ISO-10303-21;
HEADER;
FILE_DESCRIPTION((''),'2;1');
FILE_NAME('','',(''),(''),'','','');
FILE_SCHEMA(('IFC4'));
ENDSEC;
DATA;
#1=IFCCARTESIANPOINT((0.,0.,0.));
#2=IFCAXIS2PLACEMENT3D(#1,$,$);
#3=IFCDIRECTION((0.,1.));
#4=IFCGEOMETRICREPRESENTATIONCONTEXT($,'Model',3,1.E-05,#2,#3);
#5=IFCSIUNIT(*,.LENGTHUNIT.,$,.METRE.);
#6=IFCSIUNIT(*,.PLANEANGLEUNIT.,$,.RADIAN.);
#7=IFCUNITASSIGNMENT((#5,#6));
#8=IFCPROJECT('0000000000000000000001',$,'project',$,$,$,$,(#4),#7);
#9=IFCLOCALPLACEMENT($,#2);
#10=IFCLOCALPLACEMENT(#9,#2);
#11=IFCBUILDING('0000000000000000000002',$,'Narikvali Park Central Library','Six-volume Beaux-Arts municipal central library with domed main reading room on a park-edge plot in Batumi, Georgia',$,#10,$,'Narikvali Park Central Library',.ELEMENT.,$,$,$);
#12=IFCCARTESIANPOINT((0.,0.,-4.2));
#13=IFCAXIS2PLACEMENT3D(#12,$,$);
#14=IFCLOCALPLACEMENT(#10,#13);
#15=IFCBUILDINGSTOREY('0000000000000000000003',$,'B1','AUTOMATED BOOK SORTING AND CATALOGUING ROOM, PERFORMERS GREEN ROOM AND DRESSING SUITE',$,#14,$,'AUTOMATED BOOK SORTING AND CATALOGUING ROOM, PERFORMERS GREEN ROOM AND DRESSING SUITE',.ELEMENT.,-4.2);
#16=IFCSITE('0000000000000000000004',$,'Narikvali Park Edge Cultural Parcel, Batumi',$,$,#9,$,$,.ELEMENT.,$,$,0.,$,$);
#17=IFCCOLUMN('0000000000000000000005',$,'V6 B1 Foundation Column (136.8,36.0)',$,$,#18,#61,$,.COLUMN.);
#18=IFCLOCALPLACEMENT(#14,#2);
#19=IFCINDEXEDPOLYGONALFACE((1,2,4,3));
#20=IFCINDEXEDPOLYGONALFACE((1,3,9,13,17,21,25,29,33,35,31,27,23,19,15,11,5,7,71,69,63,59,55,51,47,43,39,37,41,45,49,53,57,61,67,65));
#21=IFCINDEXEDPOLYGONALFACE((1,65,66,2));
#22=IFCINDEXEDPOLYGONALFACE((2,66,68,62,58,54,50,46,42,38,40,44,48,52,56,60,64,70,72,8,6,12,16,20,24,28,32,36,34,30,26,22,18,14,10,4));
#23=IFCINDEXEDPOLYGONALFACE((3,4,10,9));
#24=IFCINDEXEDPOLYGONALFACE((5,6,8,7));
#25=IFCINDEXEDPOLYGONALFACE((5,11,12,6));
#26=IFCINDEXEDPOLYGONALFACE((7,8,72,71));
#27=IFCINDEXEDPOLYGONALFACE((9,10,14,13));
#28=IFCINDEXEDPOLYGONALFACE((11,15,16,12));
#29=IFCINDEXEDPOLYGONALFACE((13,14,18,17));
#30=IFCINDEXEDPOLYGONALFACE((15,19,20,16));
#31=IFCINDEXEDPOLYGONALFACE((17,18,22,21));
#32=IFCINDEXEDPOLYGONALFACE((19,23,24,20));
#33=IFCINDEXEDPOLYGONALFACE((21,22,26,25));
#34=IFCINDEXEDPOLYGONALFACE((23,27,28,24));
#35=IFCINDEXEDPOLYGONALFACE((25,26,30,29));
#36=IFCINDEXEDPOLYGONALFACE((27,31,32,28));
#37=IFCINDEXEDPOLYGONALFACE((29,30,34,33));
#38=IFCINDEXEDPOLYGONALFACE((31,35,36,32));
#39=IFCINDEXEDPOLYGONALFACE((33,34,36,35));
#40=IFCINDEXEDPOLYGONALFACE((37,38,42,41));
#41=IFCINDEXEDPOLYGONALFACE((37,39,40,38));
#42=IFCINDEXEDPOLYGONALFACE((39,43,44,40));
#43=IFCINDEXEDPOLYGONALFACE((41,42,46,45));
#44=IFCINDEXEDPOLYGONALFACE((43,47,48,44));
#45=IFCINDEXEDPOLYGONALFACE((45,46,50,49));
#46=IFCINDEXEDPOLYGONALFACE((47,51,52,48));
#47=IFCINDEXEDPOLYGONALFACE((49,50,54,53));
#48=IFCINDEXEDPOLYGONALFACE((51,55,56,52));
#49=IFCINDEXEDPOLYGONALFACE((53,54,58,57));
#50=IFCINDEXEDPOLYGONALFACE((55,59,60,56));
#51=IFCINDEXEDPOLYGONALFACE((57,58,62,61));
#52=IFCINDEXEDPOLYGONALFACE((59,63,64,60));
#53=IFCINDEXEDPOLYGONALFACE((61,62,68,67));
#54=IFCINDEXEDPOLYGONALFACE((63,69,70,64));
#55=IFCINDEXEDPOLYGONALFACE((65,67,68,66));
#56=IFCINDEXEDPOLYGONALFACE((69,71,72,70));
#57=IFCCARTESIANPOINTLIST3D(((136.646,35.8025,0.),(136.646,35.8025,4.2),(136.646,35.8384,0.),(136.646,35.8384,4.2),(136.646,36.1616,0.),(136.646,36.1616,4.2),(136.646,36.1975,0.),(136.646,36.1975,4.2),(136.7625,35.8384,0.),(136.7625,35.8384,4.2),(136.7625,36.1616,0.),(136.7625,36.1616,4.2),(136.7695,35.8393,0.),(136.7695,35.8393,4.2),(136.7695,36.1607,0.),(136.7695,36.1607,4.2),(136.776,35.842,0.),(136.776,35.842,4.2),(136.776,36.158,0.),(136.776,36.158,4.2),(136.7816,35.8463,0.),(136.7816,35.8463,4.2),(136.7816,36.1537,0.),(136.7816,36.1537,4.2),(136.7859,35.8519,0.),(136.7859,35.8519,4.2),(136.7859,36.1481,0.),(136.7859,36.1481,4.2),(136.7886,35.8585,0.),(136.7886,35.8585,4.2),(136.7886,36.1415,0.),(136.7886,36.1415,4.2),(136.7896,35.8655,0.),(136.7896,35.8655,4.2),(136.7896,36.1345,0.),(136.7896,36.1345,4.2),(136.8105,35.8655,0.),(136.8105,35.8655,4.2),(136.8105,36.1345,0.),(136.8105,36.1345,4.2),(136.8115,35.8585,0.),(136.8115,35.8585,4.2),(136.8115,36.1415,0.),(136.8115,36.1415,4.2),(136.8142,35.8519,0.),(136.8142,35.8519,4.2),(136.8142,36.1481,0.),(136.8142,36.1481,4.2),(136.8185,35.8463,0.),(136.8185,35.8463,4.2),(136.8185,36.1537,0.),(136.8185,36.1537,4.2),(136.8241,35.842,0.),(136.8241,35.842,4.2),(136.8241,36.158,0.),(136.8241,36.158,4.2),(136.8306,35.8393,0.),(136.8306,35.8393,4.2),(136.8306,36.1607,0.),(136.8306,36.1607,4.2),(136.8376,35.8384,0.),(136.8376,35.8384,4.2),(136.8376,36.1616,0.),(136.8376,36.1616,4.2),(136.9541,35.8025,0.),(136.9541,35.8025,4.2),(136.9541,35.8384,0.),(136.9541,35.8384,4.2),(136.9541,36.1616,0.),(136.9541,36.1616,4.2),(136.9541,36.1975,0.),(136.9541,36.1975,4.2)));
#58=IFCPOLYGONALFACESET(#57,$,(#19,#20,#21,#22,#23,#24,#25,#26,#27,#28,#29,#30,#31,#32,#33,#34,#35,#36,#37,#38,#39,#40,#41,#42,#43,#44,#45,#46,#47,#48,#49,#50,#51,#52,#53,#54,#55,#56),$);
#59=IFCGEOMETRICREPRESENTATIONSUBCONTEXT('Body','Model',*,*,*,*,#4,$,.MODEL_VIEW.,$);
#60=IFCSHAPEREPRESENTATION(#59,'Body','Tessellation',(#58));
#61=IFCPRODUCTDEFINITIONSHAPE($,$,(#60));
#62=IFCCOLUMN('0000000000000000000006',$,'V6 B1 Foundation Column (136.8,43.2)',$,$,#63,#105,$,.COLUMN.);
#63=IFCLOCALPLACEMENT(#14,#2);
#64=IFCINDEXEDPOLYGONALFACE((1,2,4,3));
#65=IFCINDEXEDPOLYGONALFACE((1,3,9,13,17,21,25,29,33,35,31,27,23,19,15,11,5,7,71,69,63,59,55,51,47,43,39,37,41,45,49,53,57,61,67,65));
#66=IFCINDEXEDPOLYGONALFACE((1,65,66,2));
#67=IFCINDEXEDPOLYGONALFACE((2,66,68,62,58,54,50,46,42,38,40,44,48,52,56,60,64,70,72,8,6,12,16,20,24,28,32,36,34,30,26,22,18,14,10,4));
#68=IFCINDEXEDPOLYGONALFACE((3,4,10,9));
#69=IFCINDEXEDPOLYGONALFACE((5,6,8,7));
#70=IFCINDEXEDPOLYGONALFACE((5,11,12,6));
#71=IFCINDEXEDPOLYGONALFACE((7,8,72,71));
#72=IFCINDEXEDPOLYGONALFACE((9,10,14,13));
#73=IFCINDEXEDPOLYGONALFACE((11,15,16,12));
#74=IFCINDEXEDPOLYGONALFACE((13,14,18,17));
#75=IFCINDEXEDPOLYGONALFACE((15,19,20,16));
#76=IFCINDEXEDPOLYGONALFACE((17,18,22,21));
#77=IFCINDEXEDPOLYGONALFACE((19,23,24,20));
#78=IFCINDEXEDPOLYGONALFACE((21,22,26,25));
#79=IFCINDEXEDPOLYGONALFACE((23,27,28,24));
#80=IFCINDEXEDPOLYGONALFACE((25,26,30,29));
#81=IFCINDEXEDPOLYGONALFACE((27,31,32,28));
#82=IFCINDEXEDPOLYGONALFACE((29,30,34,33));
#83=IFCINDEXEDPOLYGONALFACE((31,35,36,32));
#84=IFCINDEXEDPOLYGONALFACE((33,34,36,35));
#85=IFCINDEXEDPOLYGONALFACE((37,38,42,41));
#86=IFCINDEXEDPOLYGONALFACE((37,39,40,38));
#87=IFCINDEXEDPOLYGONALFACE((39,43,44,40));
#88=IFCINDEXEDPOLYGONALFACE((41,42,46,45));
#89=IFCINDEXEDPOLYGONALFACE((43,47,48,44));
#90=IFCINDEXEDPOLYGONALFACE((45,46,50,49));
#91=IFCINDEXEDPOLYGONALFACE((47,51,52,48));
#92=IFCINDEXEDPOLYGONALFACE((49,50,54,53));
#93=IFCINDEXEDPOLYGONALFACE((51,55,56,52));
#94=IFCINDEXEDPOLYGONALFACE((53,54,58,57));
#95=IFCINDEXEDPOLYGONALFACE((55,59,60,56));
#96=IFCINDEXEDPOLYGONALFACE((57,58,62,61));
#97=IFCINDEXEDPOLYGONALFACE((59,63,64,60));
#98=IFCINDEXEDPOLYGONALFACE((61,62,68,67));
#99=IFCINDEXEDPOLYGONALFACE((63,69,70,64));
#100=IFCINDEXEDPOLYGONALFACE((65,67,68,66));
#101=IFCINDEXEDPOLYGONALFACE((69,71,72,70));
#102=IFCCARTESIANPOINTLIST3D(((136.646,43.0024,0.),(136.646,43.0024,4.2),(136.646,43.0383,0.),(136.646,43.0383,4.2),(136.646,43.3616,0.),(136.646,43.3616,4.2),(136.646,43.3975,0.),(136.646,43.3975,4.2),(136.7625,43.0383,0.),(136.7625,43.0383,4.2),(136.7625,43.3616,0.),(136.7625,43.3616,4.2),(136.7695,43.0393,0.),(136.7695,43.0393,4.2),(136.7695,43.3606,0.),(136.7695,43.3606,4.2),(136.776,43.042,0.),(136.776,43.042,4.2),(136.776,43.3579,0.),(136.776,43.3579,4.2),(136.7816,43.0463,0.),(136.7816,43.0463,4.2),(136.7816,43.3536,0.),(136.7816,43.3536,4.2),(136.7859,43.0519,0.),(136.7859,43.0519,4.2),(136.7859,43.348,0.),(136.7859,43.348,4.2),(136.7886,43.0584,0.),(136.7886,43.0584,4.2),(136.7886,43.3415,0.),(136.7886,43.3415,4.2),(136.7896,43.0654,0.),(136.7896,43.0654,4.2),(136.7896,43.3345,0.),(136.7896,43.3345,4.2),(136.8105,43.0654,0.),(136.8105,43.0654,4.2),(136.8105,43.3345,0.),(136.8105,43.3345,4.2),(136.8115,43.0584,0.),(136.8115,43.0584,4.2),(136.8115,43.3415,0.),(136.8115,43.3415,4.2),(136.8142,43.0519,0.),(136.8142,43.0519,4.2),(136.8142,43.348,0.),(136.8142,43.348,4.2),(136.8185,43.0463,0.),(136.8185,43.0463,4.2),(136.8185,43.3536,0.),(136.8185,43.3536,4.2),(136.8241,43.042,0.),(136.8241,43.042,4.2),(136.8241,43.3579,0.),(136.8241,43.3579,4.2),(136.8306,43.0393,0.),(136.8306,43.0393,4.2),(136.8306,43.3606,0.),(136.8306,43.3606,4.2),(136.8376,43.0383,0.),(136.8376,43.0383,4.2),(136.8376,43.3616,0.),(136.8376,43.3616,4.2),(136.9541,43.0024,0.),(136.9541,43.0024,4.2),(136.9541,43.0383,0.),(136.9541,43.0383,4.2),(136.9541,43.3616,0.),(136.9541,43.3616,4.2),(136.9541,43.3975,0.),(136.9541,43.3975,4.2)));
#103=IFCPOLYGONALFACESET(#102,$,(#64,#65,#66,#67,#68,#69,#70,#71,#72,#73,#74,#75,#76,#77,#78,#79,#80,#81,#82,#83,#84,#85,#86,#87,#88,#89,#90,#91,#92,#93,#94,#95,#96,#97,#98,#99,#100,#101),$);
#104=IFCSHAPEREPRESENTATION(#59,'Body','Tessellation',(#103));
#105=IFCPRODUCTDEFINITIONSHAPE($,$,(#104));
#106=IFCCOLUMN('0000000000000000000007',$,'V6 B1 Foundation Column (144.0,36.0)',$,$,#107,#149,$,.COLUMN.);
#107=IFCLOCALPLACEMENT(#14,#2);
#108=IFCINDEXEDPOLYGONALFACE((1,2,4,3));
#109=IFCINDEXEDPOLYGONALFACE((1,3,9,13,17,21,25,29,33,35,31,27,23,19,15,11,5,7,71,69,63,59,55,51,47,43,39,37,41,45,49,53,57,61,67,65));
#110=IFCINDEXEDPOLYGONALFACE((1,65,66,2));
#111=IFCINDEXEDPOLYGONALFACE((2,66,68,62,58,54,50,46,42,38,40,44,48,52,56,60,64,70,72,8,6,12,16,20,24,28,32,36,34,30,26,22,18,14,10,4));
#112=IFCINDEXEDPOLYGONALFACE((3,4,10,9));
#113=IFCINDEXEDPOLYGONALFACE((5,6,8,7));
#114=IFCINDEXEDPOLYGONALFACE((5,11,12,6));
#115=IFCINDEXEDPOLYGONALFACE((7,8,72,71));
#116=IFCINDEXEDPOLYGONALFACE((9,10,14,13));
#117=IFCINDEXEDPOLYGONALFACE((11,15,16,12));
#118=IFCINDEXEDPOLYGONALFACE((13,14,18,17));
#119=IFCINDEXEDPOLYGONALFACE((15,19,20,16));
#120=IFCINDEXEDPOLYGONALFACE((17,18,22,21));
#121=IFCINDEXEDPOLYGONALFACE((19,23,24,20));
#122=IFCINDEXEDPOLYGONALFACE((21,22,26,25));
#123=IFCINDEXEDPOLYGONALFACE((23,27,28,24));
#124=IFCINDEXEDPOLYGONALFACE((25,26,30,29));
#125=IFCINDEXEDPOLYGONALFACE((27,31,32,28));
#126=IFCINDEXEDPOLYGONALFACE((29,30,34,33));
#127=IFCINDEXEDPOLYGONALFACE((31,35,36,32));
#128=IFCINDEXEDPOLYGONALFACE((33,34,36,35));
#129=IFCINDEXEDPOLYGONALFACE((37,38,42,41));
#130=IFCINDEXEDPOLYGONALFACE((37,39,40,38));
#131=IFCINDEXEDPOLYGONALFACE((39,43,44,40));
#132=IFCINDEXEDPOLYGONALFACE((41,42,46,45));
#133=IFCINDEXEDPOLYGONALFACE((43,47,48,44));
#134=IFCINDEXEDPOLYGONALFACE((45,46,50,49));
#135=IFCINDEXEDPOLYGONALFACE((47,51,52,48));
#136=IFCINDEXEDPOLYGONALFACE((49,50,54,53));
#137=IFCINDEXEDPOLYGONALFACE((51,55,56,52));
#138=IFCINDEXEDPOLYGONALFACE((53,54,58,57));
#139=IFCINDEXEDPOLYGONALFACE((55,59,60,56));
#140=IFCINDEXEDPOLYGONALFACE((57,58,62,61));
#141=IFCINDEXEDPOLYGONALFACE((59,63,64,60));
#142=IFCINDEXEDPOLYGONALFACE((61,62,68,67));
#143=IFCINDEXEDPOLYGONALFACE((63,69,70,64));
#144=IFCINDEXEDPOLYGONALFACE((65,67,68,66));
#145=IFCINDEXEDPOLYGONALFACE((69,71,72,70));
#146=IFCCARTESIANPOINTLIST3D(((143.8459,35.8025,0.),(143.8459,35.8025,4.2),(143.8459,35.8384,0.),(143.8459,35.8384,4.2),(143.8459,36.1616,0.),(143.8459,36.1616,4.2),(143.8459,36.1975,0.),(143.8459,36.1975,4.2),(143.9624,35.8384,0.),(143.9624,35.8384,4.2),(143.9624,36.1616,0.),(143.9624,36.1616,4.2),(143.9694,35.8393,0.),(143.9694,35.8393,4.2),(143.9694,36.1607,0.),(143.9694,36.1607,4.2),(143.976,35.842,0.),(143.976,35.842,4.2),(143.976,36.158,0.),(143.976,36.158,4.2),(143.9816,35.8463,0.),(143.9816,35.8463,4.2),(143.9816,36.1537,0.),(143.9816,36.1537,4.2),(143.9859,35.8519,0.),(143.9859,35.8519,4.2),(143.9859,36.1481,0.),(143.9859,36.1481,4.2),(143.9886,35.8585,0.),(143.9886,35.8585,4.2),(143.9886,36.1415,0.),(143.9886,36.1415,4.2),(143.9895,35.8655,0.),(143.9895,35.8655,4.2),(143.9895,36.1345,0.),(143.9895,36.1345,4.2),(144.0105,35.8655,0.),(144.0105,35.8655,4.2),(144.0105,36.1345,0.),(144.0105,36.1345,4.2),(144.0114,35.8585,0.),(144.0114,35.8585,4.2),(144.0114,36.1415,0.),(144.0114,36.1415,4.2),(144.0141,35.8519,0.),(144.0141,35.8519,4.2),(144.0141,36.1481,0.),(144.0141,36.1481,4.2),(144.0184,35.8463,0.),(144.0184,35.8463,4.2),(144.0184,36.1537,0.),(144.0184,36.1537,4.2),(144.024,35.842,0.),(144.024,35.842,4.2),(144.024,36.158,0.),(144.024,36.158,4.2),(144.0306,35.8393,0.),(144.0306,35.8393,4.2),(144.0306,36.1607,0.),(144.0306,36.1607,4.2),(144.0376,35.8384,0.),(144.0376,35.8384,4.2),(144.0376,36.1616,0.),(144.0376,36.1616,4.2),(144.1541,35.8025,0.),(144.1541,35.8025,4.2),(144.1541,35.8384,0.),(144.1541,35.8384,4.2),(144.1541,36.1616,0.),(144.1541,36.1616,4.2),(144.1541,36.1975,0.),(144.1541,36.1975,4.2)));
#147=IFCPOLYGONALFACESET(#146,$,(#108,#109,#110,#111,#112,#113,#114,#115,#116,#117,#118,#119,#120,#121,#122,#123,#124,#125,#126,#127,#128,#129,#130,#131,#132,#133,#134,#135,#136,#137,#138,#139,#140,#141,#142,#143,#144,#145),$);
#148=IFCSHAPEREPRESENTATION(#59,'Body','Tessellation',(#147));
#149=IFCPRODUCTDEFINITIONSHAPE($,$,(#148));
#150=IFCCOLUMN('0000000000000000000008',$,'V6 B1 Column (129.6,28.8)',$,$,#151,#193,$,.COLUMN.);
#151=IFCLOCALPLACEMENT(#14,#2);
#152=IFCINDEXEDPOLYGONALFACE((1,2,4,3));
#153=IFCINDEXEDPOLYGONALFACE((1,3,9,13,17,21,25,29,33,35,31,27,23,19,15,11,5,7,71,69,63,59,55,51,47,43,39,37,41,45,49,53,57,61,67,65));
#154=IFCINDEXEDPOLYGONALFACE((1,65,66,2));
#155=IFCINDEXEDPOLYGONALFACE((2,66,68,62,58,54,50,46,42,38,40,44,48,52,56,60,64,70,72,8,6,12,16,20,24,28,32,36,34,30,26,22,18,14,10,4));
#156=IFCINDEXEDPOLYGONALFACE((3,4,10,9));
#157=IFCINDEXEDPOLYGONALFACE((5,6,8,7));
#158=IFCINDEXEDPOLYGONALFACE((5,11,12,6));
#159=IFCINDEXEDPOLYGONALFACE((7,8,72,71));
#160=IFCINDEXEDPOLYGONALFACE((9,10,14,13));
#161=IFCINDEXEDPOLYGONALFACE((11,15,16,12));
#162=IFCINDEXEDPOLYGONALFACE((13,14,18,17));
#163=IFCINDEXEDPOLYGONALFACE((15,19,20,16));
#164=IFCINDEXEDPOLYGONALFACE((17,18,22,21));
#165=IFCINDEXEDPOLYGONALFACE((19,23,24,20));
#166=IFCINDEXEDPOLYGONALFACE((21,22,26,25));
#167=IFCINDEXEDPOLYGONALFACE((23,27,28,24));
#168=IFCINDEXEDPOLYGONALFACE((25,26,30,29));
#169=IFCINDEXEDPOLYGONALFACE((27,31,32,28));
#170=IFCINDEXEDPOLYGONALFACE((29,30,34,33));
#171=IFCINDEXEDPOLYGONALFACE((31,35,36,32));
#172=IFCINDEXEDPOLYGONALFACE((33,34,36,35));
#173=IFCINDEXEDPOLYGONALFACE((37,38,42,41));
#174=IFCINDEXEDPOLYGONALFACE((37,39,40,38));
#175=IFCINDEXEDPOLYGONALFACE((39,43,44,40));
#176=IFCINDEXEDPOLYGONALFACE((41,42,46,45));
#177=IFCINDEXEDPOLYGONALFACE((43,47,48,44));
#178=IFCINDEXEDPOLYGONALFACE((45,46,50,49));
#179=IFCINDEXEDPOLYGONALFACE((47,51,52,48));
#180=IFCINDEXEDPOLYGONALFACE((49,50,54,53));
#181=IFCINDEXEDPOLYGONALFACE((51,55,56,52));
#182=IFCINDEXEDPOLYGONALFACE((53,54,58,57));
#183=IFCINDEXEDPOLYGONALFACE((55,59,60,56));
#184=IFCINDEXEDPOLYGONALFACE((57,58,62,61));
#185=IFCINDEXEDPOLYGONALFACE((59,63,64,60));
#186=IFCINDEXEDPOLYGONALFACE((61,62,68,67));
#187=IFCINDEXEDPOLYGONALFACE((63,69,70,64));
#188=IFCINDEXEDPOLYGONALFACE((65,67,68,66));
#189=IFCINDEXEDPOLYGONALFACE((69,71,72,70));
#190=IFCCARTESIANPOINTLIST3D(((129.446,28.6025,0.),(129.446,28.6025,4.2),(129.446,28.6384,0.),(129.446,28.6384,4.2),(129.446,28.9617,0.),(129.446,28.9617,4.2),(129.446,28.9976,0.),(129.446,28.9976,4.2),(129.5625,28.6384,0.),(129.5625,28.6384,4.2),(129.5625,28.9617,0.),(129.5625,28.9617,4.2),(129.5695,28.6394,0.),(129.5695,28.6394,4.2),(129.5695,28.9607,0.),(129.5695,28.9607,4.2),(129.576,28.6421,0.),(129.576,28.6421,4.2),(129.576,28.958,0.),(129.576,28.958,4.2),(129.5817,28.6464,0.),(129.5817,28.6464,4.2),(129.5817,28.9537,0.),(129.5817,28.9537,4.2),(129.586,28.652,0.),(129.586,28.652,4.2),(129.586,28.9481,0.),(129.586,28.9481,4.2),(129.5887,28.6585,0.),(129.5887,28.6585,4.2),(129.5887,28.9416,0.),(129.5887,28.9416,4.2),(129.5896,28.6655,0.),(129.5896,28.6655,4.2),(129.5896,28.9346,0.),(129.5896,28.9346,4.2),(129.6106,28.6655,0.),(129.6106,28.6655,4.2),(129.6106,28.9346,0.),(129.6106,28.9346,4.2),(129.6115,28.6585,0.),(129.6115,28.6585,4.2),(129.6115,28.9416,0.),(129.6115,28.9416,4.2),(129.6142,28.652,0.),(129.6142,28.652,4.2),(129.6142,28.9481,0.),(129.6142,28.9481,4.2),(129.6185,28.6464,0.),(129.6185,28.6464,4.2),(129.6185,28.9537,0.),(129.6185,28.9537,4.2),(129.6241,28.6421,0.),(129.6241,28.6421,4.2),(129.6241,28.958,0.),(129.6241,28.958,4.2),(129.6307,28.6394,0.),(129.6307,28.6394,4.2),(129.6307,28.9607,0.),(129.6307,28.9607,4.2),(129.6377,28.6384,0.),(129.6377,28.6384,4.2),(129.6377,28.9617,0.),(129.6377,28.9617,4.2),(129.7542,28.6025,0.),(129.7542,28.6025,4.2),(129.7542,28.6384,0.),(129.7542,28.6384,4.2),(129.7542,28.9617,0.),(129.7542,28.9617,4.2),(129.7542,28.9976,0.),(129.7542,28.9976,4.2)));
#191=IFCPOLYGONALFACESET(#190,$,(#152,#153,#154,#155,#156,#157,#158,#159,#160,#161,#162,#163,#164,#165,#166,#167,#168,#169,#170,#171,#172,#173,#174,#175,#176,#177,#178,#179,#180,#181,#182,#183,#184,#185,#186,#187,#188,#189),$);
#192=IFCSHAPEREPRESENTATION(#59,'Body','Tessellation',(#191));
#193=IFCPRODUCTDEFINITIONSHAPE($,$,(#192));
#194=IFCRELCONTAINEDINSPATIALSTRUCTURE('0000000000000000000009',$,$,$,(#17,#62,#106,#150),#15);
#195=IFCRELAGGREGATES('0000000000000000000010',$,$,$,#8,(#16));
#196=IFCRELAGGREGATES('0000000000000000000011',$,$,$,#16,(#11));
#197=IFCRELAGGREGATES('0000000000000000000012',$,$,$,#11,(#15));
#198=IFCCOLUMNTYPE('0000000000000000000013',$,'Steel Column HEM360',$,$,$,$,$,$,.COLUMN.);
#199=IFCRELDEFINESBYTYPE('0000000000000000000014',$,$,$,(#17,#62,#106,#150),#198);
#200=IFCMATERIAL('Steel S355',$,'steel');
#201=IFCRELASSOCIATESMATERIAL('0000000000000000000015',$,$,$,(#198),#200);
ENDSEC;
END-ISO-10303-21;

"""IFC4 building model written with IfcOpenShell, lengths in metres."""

from ifc_helpers import new_model, si_unit, direction, frame, origin, origin_2d, place, context, subcontext, project, spatial, i_section, extrude, material, material_profile, profile_set, type_object, element, save


model = new_model("IFC4")

# Units and contexts
model_context = context("Model", 3, precision=1e-05, world=origin(), true_north=direction((0.0, 1.0)))
body_context = subcontext(model_context, "Body", "Model", "MODEL_VIEW")
ifc_project = project(units=[si_unit("LENGTHUNIT", "METRE"), si_unit("PLANEANGLEUNIT", "RADIAN")], contexts=[model_context])

# Site, building, storey
site_placement = place(None, origin())
site = spatial("IfcSite", under=ifc_project, at=site_placement, Name="Narikvali Park Edge Cultural Parcel, Batumi", CompositionType="ELEMENT", RefElevation=0.0)
building_placement = place(site_placement, origin())
building = spatial("IfcBuilding", under=site, at=building_placement, Name="Narikvali Park Central Library", Description="Six-volume Beaux-Arts municipal central library with domed main reading room on a park-edge plot in Batumi, Georgia", LongName="Narikvali Park Central Library", CompositionType="ELEMENT")
storey_placement = place(building_placement, frame((0.0, 0.0, -4.2)))
storey = spatial("IfcBuildingStorey", under=building, at=storey_placement, Name="B1", Description="AUTOMATED BOOK SORTING AND CATALOGUING ROOM, PERFORMERS GREEN ROOM AND DRESSING SUITE", LongName="AUTOMATED BOOK SORTING AND CATALOGUING ROOM, PERFORMERS GREEN ROOM AND DRESSING SUITE", CompositionType="ELEMENT", Elevation=-4.2)

# Columns
ifc_material_1 = material(Name="Steel S355", Category="steel")
ifc_material_profile_1 = material_profile(ifc_material_1, i_section(OverallWidth=0.3081, OverallDepth=0.395, WebThickness=0.021, FlangeThickness=0.0359, FilletRadius=0.0271, at=origin_2d()), Name="HEM 360")
ifc_profile_set_1 = profile_set([ifc_material_profile_1], Name="Steel S355")
column_type = type_object("IfcColumnType", Name="Steel Column HEM360", PredefinedType="COLUMN", material=ifc_profile_set_1)
for number, where, z_axis, x_axis, name in (
    (1, (136.8, 36.0, 0.0), (0.0, 0.0, 1.0), (1.0, 0.0, 0.0), "V6 B1 Foundation Column (136.8,36.0)"),
    (2, (136.8, 43.2, 0.0), (0.0, 0.0, 1.0), (1.0, 0.0, 0.0), "V6 B1 Foundation Column (136.8,43.2)"),
    (3, (144.0, 36.0, 0.0), (0.0, 0.0, 1.0), (1.0, 0.0, 0.0), "V6 B1 Foundation Column (144.0,36.0)"),
    (4, (129.6001, 28.8, 0.0), (0.0, 0.0, 1.0), (1.0, 0.0, 0.0), "V6 B1 Column (129.6,28.8)"),
):
    element("IfcColumn", number, at=place(storey_placement, frame(where, z_axis=z_axis, x_axis=x_axis)), inside=storey, type_object=column_type, Name=name, PredefinedType="COLUMN", context=body_context, shape_type="SweptSolid", body=[
        extrude(i_section(OverallWidth=0.3081, OverallDepth=0.395, WebThickness=0.021, FlangeThickness=0.0359, FilletRadius=0.0271, at=origin_2d()), origin(), (0.0, 0.0, 1.0), 4.2),
    ])

save(model, "model.ifc")
